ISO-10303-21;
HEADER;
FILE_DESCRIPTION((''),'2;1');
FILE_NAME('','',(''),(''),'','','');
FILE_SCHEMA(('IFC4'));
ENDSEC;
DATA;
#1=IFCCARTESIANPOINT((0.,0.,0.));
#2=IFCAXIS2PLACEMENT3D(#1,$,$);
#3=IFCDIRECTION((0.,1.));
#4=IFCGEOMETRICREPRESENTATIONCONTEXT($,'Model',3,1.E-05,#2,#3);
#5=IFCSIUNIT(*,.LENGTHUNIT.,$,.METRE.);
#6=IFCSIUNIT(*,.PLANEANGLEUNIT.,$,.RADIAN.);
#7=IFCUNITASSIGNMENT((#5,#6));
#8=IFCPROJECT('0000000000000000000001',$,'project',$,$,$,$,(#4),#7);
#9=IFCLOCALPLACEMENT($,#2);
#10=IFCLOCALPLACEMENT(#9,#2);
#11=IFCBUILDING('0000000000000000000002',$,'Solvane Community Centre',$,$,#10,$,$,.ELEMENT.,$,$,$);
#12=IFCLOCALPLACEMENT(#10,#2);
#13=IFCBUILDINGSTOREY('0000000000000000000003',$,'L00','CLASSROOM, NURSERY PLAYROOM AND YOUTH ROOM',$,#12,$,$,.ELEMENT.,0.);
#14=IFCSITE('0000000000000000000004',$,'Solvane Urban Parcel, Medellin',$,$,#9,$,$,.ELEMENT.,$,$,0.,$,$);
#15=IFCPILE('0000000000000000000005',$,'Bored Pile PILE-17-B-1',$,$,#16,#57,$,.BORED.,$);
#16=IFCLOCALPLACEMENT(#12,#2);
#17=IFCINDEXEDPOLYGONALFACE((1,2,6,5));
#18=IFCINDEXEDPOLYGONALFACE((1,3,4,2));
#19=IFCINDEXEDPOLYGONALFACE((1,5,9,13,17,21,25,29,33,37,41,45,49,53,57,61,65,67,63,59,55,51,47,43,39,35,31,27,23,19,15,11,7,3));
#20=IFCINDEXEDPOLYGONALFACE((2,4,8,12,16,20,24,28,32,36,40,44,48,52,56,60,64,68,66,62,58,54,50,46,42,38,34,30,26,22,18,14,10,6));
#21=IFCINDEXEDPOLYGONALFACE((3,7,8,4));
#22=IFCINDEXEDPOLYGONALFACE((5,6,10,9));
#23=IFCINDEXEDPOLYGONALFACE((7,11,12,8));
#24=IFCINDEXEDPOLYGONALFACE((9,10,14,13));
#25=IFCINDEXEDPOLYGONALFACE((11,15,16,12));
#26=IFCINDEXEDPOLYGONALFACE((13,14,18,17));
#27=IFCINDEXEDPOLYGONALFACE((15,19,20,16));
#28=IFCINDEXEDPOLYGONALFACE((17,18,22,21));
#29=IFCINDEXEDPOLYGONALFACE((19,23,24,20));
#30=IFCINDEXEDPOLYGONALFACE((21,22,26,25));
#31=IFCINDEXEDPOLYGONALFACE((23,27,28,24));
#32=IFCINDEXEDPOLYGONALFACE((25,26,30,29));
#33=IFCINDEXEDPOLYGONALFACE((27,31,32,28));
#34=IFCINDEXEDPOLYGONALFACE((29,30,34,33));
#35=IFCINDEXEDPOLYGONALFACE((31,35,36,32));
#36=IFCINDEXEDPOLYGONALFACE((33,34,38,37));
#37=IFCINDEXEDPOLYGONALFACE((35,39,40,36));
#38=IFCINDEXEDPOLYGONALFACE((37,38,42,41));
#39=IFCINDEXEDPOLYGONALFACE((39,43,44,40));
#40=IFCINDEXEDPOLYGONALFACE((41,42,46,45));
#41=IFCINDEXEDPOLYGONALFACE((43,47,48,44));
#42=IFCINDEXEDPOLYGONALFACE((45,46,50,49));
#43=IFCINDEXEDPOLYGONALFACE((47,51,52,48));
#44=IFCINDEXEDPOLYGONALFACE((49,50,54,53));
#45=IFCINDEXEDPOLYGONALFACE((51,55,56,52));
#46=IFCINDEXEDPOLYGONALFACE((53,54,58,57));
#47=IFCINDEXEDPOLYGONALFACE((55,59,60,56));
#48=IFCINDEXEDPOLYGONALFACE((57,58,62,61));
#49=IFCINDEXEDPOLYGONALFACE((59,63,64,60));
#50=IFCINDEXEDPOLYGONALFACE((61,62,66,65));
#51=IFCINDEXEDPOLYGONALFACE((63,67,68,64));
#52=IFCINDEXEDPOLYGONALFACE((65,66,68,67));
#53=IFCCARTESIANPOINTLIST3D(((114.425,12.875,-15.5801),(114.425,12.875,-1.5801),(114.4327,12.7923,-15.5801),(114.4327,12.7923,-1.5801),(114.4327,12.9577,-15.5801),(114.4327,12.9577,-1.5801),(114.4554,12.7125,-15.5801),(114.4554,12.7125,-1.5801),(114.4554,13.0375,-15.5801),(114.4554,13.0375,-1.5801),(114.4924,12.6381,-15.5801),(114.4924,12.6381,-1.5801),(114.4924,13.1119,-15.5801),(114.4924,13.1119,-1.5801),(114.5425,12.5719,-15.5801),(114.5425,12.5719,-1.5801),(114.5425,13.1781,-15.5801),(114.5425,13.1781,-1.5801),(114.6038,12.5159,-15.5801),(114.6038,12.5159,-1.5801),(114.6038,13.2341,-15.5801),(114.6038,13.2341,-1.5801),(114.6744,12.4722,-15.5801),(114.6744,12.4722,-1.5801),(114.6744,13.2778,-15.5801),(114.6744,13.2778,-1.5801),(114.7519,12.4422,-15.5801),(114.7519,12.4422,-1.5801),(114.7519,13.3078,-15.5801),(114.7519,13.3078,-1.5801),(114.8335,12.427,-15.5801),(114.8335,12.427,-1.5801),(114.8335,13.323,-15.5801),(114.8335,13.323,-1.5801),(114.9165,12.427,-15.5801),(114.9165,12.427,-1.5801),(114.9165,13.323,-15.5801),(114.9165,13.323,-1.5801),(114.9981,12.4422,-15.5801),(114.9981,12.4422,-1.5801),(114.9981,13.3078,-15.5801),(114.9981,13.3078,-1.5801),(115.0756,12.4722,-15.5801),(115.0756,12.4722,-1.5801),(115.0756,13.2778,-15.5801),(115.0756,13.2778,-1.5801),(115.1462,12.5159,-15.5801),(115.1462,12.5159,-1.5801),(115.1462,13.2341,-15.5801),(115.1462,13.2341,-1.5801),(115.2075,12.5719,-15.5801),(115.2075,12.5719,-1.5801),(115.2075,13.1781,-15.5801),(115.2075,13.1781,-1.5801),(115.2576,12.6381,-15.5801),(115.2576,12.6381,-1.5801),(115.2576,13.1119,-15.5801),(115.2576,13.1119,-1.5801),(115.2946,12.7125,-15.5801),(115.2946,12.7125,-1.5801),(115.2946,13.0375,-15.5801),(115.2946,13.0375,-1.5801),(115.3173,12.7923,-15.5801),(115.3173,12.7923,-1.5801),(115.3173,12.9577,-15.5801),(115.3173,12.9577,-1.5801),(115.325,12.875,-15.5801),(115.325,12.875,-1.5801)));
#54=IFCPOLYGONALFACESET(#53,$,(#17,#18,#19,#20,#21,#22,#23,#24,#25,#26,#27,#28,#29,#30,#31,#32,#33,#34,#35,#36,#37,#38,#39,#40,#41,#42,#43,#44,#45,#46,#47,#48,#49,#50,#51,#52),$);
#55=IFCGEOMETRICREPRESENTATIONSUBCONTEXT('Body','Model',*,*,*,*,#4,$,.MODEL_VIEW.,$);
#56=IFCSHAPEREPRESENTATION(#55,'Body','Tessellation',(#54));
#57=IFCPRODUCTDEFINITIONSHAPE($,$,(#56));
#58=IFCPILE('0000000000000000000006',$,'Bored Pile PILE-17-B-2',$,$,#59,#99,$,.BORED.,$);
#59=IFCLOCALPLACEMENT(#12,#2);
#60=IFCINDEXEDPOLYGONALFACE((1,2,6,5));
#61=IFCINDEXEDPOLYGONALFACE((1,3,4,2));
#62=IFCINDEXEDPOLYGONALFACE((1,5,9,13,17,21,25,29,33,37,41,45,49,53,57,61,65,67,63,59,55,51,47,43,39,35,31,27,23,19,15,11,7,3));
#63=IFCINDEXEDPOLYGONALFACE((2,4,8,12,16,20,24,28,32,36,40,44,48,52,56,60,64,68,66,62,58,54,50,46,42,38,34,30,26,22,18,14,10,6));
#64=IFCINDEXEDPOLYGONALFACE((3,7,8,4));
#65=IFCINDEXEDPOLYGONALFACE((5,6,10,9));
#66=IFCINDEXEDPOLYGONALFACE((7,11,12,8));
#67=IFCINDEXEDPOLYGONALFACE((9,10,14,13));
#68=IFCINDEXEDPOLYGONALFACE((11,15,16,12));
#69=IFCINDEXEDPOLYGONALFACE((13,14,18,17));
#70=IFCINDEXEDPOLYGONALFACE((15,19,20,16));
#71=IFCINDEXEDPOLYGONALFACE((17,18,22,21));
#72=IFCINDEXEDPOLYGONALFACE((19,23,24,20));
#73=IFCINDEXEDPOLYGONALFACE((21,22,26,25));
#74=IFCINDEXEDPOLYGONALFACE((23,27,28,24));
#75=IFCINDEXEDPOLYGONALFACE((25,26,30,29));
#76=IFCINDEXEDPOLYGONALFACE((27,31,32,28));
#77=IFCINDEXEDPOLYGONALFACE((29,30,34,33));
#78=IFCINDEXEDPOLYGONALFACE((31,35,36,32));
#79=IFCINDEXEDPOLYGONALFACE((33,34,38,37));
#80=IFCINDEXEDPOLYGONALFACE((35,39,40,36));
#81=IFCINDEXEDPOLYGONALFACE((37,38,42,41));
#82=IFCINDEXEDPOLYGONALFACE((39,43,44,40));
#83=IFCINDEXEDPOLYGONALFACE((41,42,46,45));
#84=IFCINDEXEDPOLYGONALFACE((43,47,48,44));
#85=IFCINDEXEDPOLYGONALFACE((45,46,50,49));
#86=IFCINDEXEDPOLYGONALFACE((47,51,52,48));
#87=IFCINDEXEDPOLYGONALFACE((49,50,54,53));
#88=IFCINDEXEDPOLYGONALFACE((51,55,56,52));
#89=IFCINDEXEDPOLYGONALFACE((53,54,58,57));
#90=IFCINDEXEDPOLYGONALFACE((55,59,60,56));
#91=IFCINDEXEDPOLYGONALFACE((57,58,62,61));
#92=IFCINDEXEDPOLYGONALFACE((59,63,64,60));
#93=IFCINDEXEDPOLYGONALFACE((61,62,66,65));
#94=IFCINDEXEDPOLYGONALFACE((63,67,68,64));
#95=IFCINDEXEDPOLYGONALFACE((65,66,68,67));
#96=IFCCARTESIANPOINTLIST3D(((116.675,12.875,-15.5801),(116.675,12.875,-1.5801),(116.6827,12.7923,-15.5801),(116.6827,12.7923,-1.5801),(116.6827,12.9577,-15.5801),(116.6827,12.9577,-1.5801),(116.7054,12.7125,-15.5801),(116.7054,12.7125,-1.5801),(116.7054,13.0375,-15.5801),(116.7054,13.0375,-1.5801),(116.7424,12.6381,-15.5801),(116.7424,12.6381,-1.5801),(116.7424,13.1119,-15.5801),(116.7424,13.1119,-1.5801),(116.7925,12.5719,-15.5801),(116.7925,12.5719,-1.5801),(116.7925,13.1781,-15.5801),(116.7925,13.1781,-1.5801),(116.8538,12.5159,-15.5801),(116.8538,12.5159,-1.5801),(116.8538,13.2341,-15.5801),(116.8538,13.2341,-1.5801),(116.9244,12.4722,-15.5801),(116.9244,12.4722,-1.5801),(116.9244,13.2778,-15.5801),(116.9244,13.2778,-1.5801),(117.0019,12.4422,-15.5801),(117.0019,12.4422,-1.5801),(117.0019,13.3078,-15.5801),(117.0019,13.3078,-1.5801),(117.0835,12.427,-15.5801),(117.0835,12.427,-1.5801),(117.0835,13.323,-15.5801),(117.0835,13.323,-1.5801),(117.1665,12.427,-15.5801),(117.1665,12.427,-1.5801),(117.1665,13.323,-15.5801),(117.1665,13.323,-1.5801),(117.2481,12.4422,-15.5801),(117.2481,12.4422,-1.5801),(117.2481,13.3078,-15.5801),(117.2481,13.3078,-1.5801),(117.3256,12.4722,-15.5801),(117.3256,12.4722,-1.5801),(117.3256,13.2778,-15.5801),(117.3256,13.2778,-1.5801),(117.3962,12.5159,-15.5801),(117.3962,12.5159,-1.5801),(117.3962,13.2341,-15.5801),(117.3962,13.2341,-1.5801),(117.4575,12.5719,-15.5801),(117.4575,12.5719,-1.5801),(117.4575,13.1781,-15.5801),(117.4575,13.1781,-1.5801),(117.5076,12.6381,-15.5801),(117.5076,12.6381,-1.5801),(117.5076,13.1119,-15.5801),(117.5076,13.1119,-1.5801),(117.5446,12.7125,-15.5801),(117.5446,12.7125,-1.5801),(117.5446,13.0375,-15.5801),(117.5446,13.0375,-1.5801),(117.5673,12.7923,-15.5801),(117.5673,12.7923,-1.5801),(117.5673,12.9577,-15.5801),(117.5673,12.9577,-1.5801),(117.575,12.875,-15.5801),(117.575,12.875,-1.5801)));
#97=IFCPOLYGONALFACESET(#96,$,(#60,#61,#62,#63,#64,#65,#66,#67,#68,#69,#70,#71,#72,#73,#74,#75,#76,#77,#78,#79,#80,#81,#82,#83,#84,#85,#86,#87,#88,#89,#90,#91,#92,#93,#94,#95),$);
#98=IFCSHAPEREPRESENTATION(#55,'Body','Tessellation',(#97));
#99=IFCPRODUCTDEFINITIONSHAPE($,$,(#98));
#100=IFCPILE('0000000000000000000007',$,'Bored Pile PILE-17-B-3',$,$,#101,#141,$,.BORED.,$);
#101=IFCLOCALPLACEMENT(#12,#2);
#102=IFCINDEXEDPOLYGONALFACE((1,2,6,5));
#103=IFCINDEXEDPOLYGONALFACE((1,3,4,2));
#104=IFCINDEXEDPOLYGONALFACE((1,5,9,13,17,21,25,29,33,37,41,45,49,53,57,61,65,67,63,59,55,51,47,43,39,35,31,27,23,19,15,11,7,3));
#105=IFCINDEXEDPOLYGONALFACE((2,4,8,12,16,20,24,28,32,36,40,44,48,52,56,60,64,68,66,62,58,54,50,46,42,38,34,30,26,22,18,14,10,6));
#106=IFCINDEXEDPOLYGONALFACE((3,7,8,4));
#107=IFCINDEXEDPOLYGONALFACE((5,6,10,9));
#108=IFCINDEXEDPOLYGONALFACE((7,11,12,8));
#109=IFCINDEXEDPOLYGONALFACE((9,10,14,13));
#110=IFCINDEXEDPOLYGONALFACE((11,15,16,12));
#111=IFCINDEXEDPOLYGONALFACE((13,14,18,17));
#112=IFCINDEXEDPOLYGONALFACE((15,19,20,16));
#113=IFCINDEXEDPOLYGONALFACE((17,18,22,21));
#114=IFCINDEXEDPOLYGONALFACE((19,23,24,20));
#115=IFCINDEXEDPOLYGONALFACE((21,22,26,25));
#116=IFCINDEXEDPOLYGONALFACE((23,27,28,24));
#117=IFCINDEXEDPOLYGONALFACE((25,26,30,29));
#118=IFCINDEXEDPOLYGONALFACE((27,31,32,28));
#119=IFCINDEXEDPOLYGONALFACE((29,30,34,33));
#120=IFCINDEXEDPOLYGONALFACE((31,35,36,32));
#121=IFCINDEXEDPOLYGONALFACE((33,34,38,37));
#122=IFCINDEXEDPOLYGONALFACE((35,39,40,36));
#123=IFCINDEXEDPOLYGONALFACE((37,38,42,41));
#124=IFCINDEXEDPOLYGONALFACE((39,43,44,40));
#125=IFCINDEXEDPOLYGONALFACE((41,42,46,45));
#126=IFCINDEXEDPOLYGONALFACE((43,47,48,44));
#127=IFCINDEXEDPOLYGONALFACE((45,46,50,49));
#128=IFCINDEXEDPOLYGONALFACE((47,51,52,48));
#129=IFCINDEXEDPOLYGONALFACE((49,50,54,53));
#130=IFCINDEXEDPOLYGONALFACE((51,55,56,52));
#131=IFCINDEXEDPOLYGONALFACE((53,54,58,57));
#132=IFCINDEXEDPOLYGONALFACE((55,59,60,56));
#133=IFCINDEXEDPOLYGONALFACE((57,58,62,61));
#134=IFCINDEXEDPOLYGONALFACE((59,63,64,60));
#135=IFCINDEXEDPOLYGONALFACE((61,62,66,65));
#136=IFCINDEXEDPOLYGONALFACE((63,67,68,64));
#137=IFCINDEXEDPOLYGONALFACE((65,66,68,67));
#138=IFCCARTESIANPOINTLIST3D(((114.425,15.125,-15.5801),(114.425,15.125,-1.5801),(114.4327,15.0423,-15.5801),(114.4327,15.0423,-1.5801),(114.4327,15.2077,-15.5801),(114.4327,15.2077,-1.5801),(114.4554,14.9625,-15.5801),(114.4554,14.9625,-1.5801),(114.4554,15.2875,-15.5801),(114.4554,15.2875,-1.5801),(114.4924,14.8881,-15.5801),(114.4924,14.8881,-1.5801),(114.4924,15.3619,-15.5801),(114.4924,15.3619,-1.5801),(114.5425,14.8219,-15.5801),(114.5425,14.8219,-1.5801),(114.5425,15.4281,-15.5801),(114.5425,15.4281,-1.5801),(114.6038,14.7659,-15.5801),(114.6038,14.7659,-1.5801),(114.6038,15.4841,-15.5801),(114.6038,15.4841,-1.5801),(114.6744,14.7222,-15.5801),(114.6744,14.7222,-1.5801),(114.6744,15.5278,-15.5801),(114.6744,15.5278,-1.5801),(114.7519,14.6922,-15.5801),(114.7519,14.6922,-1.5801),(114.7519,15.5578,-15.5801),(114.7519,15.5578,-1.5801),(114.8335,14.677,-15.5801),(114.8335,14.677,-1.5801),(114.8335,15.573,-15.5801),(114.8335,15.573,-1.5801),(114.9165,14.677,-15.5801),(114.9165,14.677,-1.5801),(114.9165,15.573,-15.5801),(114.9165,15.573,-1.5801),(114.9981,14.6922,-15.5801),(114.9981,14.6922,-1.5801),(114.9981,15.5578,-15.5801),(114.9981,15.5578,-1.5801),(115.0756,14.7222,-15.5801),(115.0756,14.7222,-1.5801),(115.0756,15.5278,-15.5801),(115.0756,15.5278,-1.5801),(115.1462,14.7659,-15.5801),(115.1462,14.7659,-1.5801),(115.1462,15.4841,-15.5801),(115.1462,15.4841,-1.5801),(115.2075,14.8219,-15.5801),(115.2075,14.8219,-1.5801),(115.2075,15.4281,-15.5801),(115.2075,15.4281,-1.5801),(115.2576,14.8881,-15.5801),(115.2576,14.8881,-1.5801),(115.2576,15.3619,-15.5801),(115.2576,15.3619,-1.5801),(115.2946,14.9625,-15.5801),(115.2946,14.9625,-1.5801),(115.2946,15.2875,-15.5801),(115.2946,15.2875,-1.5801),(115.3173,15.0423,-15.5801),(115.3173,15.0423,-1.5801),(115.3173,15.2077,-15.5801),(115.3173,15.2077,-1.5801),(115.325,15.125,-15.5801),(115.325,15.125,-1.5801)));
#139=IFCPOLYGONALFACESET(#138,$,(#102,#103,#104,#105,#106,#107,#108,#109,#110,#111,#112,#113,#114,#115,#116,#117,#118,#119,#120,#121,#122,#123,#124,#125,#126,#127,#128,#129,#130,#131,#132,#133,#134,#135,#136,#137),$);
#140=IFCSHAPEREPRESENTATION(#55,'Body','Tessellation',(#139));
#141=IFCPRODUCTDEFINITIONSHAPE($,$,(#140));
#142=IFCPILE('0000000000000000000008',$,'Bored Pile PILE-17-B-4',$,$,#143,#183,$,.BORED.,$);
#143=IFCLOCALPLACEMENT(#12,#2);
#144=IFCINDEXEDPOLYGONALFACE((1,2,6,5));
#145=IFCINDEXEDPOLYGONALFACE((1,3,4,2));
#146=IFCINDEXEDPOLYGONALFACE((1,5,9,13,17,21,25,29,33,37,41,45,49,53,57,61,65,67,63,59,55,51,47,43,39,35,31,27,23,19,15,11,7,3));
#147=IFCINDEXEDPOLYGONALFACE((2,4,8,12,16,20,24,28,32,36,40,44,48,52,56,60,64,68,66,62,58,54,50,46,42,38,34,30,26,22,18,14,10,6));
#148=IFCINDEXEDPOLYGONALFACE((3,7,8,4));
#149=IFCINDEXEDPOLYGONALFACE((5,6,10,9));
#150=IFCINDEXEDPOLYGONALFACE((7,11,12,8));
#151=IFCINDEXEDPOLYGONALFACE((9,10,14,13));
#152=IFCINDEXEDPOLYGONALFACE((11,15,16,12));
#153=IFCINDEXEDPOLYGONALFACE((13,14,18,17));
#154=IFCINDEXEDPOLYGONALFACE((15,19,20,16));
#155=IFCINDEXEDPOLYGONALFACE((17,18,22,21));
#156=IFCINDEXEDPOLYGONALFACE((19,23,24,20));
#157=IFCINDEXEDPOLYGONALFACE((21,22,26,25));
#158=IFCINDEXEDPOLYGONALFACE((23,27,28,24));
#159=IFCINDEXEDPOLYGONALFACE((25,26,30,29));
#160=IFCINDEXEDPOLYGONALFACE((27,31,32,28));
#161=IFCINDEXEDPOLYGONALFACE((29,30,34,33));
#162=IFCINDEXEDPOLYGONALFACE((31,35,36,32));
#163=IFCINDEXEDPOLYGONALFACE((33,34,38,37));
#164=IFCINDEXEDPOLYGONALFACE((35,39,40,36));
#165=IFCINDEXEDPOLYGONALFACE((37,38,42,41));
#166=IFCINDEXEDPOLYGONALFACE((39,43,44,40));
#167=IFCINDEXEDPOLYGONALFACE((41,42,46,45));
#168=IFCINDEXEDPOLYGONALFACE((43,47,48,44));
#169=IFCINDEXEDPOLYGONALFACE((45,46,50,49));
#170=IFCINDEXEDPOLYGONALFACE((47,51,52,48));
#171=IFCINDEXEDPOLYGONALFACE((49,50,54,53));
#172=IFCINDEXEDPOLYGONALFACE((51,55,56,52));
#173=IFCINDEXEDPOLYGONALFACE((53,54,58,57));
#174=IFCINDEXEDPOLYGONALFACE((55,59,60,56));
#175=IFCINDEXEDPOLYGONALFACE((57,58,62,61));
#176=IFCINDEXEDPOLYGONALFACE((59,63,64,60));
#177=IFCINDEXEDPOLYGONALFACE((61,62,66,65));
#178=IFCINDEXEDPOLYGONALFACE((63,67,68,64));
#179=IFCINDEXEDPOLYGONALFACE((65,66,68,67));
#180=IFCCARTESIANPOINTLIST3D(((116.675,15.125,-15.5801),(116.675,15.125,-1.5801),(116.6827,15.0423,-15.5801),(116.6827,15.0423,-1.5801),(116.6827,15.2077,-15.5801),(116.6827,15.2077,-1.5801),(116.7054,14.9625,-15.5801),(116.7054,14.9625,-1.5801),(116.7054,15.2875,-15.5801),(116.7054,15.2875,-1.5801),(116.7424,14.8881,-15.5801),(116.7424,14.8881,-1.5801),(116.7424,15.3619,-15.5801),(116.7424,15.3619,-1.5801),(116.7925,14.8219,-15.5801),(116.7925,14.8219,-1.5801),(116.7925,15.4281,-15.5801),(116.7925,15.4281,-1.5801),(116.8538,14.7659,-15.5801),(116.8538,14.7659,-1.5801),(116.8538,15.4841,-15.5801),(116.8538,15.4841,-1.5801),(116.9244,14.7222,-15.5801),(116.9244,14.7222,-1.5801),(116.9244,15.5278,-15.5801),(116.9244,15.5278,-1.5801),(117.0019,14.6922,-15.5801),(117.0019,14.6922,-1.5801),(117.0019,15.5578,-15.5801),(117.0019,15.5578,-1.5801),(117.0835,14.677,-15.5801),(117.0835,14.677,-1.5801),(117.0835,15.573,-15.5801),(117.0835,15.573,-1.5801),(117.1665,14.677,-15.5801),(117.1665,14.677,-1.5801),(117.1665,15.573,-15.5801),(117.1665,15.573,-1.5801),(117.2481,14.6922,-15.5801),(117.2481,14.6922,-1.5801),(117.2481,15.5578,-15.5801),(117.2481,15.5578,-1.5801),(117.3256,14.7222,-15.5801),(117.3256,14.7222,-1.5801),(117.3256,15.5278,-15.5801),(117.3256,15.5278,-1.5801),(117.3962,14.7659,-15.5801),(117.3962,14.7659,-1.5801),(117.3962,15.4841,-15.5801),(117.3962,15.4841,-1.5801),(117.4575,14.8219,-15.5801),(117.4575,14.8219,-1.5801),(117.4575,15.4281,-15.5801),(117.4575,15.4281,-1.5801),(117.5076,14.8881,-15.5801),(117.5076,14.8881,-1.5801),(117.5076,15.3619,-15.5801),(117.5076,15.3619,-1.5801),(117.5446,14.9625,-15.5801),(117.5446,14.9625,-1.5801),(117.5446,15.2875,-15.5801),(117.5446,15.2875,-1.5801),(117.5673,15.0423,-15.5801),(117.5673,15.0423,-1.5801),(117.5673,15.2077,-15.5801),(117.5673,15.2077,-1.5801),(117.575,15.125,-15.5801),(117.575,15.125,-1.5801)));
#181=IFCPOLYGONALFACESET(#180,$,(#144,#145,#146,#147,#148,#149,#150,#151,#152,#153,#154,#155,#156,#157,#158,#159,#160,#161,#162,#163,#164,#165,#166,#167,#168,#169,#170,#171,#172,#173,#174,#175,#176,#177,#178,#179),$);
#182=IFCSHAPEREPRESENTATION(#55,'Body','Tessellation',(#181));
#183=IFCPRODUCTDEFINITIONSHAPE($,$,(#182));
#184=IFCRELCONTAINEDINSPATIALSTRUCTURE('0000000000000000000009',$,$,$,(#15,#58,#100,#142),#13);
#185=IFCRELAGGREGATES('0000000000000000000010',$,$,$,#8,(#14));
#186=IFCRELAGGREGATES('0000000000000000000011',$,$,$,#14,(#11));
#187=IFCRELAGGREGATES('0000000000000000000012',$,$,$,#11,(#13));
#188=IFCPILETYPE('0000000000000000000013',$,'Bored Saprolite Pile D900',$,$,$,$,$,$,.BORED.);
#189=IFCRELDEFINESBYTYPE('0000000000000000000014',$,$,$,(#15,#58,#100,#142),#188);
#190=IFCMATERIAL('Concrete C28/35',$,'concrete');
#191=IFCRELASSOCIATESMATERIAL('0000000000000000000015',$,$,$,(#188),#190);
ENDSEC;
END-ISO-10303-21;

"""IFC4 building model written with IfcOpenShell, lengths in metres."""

from ifc_helpers import new_model, si_unit, direction, frame, origin, origin_2d, place, context, subcontext, project, spatial, circle, extrude, material, material_profile, profile_set, type_object, element, save


model = new_model("IFC4")

# Units and contexts
model_context = context("Model", 3, precision=1e-05, world=origin(), true_north=direction((0.0, 1.0)))
body_context = subcontext(model_context, "Body", "Model", "MODEL_VIEW")
ifc_project = project(units=[si_unit("LENGTHUNIT", "METRE"), si_unit("PLANEANGLEUNIT", "RADIAN")], contexts=[model_context])

# Site, building, storey
site_placement = place(None, origin())
site = spatial("IfcSite", under=ifc_project, at=site_placement, Name="Solvane Urban Parcel, Medellin", CompositionType="ELEMENT", RefElevation=0.0)
building_placement = place(site_placement, origin())
building = spatial("IfcBuilding", under=site, at=building_placement, Name="Solvane Community Centre", CompositionType="ELEMENT")
storey_placement = place(building_placement, origin())
storey = spatial("IfcBuildingStorey", under=building, at=storey_placement, Name="L00", Description="CLASSROOM, NURSERY PLAYROOM AND YOUTH ROOM", CompositionType="ELEMENT", Elevation=0.0)

# Piles
ifc_material_1 = material(Name="Concrete C28/35", Category="concrete")
ifc_material_profile_1 = material_profile(ifc_material_1, circle(Radius=0.45, at=origin_2d()), Name="PILE D900")
ifc_profile_set_1 = profile_set([ifc_material_profile_1], Name="Concrete C28/35")
pile_type_1 = type_object("IfcPileType", Name="Bored Saprolite Pile D900", PredefinedType="BORED", material=ifc_profile_set_1)
for number, where, z_axis, x_axis, name in (
    (1, (114.875, 12.875, -1.5801), (0.0, 0.0, -1.0), (1.0, 0.0, 0.0), "Bored Pile PILE-17-B-1"),
    (2, (117.125, 12.875, -1.5801), (0.0, 0.0, -1.0), (1.0, 0.0, 0.0), "Bored Pile PILE-17-B-2"),
    (3, (114.875, 15.125, -1.5801), (0.0, 0.0, -1.0), (1.0, 0.0, 0.0), "Bored Pile PILE-17-B-3"),
    (4, (117.125, 15.125, -1.5801), (0.0, 0.0, -1.0), (1.0, 0.0, 0.0), "Bored Pile PILE-17-B-4"),
):
    element("IfcPile", number, at=place(storey_placement, frame(where, z_axis=z_axis, x_axis=x_axis)), inside=storey, type_object=pile_type_1, Name=name, PredefinedType="BORED", context=body_context, shape_type="SweptSolid", body=[
        extrude(circle(Radius=0.45, at=origin_2d()), origin(), (0.0, 0.0, 1.0), 14.0),
    ])

save(model, "model.ifc")
